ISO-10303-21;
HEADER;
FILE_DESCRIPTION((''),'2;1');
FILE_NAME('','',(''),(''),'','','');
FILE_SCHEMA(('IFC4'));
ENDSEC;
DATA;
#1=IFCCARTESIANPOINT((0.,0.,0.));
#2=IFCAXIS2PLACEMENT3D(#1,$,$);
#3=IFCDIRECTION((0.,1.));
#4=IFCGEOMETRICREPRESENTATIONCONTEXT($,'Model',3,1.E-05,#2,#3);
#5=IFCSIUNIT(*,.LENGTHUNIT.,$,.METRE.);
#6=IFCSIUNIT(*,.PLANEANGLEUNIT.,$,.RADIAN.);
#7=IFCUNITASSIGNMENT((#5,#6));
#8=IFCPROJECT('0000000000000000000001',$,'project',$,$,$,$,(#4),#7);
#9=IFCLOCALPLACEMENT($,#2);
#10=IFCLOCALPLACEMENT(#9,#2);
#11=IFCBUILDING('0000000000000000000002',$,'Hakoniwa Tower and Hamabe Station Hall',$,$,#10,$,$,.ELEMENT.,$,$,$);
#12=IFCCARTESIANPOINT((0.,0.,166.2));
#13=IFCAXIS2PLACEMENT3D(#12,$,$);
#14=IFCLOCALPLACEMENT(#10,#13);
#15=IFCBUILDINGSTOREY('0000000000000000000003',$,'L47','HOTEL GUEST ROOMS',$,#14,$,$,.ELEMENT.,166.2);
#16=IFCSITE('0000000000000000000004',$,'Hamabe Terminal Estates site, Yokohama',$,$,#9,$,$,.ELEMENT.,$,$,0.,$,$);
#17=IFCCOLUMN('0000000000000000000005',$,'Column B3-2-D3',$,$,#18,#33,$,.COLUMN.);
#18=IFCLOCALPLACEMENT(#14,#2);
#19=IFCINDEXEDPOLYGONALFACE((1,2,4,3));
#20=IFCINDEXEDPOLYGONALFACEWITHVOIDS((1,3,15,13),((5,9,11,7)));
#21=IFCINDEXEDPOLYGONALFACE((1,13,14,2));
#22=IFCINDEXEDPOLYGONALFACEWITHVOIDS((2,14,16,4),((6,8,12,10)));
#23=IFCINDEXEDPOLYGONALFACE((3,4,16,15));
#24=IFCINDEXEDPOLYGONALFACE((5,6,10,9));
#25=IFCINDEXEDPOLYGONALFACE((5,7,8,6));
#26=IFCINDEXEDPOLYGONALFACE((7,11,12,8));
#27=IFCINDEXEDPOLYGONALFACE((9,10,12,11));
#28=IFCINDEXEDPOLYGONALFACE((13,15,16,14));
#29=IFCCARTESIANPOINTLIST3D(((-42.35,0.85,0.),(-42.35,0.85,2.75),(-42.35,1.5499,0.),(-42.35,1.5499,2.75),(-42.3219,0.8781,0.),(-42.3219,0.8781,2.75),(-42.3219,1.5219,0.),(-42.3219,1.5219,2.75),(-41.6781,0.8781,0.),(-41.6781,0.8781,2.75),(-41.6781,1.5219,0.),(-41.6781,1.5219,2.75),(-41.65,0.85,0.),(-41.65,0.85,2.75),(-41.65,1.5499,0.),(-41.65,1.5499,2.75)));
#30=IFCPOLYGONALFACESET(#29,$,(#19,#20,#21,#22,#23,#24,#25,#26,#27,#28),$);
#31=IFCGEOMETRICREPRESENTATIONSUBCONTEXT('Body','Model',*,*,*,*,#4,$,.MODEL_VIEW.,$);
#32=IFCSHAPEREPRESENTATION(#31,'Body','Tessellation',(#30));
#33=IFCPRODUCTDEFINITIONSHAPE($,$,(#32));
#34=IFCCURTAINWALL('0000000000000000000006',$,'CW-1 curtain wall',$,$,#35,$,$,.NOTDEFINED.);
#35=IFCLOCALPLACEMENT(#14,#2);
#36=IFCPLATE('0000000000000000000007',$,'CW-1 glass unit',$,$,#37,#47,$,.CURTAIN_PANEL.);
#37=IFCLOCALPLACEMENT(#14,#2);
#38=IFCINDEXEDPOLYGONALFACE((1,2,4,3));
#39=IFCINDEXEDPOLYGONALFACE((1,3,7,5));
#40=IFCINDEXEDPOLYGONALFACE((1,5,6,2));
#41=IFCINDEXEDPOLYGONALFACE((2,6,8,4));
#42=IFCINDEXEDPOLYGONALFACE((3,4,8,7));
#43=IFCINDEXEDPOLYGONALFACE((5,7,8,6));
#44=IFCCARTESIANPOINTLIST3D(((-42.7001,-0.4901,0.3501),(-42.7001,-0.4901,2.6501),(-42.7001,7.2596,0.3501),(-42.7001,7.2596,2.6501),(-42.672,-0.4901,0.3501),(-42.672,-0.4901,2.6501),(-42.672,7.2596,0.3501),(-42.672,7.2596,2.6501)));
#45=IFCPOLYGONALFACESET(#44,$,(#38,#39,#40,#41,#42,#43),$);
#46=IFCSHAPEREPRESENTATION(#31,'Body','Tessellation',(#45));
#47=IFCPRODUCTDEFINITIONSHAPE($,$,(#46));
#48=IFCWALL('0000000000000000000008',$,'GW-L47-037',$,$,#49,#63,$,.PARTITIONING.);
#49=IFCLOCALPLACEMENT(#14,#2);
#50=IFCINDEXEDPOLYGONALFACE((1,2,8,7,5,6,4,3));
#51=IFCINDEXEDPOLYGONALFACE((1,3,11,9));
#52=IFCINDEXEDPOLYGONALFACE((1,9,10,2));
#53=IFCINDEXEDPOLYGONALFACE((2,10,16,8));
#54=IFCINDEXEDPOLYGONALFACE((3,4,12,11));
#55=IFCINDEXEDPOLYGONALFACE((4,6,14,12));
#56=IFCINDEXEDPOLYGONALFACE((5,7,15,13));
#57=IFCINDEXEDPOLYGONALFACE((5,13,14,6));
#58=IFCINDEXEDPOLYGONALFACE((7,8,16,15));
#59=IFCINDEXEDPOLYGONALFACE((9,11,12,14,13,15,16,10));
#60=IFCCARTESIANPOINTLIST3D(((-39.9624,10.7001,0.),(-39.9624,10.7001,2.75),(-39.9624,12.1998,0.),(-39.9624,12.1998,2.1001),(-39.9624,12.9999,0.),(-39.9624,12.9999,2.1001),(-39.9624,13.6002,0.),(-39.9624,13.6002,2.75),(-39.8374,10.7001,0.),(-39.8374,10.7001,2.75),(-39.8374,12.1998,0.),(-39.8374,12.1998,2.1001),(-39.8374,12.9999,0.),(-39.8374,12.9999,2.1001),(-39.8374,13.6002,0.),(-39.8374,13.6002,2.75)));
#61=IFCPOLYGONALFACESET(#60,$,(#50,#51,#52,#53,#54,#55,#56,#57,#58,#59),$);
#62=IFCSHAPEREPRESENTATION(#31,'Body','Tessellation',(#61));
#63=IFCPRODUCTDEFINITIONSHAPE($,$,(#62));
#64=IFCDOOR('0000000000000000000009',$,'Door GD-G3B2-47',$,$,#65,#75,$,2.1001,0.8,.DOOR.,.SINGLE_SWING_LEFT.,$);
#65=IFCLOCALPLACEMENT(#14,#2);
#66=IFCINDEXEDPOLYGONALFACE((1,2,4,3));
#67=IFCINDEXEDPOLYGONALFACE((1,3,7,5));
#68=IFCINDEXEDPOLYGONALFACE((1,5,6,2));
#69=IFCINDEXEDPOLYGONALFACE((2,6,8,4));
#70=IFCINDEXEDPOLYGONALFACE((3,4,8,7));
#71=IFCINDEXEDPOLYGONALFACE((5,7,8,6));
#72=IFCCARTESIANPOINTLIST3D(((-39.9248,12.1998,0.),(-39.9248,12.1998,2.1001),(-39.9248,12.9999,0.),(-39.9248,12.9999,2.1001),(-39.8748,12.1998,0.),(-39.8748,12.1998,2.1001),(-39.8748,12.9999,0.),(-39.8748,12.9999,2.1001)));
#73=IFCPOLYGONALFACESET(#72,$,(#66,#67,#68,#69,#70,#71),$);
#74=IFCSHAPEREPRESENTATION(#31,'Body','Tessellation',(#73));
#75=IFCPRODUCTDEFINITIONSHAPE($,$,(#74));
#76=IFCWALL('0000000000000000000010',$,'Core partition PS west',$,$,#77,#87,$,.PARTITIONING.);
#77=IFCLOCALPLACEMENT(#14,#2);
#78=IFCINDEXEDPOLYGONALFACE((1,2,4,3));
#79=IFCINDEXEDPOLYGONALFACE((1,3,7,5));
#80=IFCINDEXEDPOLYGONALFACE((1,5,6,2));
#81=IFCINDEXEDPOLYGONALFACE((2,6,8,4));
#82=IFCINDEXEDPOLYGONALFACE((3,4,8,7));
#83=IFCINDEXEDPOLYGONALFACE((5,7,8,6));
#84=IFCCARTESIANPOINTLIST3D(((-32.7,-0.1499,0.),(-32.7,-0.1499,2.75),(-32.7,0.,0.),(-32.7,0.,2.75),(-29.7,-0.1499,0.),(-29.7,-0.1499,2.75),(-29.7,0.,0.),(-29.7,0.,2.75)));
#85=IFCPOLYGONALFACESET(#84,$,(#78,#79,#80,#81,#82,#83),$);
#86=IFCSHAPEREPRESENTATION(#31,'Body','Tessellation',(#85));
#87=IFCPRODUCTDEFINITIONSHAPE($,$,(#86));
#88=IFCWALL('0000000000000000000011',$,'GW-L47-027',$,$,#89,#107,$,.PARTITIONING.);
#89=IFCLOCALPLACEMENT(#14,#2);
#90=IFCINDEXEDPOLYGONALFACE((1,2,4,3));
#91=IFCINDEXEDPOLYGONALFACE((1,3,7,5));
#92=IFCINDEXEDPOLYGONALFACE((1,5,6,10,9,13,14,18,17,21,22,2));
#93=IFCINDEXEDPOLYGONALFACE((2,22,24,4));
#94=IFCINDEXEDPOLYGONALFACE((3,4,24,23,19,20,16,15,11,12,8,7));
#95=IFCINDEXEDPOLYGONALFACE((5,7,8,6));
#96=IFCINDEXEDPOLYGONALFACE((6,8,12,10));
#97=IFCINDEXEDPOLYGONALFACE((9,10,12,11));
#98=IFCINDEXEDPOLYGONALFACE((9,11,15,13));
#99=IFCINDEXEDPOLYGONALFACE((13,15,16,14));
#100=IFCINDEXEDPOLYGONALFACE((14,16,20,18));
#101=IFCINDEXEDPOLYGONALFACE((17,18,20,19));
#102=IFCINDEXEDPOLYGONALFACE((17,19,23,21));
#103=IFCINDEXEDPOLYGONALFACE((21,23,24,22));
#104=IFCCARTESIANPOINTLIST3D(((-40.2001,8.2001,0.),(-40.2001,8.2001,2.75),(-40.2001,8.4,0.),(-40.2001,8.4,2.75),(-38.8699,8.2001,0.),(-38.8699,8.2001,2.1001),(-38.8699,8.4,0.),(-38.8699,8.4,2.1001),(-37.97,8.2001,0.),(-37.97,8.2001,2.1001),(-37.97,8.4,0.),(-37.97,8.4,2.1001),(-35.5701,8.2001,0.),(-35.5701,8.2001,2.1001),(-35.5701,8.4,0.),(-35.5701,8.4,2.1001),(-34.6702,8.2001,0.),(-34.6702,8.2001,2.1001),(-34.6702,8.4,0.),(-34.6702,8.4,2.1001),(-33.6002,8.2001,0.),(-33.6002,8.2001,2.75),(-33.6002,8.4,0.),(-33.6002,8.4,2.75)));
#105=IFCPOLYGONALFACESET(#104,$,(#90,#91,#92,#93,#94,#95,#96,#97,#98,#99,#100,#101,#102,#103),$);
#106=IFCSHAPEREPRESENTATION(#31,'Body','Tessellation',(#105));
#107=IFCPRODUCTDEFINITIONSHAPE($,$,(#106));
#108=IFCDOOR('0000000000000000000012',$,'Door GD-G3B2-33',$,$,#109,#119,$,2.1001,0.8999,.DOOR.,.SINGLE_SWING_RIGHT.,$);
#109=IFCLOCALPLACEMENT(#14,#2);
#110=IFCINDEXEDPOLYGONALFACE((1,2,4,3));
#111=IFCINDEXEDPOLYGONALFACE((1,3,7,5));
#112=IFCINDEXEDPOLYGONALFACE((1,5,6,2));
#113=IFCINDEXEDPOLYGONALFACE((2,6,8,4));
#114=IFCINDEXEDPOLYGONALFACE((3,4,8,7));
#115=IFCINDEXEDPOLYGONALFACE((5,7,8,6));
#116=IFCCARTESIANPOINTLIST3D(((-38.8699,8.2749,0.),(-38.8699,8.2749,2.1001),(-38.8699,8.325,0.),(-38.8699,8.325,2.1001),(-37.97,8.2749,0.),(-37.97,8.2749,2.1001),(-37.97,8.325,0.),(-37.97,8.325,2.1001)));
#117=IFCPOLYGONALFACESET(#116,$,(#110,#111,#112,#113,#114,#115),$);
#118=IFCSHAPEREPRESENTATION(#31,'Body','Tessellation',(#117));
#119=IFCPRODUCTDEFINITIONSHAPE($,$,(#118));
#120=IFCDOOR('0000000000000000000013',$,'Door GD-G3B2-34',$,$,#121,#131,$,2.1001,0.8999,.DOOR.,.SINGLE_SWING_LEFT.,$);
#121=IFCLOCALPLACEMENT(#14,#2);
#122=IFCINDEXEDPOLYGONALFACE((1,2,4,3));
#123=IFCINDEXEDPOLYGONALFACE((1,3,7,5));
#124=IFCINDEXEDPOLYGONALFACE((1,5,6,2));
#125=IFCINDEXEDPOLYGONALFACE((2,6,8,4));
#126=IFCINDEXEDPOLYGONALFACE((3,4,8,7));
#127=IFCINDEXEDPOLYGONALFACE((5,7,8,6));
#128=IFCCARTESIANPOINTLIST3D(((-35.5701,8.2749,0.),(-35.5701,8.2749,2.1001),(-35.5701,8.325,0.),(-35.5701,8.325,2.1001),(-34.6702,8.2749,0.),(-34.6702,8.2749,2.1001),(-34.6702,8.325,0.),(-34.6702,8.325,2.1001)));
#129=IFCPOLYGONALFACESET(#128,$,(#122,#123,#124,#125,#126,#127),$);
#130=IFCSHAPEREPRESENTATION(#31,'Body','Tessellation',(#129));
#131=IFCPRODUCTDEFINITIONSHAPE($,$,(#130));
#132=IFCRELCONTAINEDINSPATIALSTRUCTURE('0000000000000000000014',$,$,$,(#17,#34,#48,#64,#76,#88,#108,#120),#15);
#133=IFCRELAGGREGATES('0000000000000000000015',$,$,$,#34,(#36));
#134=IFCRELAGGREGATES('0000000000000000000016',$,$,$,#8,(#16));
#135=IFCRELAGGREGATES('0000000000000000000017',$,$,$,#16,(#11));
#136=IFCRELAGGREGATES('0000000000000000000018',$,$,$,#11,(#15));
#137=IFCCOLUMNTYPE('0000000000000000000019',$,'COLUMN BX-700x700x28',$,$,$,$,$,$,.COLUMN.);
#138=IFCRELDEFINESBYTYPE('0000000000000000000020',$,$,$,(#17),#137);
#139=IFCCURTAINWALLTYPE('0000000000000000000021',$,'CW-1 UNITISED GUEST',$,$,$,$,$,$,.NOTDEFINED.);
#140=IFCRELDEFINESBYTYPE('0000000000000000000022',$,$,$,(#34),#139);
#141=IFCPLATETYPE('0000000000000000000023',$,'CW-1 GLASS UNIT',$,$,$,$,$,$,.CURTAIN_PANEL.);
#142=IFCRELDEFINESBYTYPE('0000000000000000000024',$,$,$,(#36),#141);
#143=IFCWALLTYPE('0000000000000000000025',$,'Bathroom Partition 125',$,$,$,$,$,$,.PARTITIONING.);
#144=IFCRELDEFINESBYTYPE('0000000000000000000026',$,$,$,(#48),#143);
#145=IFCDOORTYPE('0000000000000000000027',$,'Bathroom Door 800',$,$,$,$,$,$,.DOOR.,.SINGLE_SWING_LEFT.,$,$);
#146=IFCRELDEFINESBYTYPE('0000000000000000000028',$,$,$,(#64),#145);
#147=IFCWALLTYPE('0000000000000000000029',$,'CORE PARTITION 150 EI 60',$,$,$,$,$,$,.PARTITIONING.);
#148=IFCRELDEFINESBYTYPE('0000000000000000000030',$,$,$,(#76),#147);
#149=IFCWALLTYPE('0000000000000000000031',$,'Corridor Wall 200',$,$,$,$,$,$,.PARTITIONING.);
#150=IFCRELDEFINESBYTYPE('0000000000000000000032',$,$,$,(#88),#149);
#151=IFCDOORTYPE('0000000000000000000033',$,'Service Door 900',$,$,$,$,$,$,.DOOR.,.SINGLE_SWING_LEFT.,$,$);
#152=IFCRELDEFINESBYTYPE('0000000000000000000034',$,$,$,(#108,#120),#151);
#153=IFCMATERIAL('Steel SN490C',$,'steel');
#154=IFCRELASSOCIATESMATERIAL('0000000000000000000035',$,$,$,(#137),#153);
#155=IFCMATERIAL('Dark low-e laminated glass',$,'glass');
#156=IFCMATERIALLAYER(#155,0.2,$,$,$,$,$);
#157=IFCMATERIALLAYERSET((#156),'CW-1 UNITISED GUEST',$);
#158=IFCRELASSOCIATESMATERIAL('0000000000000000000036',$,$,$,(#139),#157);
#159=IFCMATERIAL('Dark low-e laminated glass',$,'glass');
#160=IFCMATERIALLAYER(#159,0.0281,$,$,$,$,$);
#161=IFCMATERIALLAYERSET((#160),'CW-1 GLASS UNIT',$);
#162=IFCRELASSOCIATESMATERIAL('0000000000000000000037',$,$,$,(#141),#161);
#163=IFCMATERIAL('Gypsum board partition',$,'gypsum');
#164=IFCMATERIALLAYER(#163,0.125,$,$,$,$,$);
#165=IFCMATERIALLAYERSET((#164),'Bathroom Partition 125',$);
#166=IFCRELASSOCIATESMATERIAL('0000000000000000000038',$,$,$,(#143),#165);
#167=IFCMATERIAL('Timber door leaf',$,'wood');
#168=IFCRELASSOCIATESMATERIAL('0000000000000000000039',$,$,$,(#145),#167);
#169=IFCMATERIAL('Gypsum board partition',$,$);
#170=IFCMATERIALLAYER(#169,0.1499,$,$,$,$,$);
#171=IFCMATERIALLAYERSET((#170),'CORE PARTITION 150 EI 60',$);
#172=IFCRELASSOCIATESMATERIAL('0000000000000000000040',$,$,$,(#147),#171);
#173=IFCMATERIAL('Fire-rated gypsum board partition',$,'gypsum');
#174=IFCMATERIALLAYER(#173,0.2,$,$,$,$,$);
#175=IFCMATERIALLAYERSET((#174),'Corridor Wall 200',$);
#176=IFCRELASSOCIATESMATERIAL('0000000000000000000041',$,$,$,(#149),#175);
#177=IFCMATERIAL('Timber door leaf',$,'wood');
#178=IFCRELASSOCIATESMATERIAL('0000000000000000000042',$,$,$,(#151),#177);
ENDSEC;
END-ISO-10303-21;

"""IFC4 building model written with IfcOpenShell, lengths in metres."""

from ifc_helpers import new_model, si_unit, direction, frame, frame_2d, origin, origin_2d, place, context, subcontext, project, spatial, rectangle, hollow_rectangle, extrude, material, layer, layer_set, material_profile, profile_set, type_object, element, fill, aggregate, save


model = new_model("IFC4")

# Units and contexts
model_context = context("Model", 3, precision=1e-05, world=origin(), true_north=direction((0.0, 1.0)))
body_context = subcontext(model_context, "Body", "Model", "MODEL_VIEW")
ifc_project = project(units=[si_unit("LENGTHUNIT", "METRE"), si_unit("PLANEANGLEUNIT", "RADIAN")], contexts=[model_context])

# Site, building, storey
site_placement = place(None, origin())
site = spatial("IfcSite", under=ifc_project, at=site_placement, Name="Hamabe Terminal Estates site, Yokohama", CompositionType="ELEMENT", RefElevation=0.0)
building_placement = place(site_placement, origin())
building = spatial("IfcBuilding", under=site, at=building_placement, Name="Hakoniwa Tower and Hamabe Station Hall", CompositionType="ELEMENT")
storey_placement = place(building_placement, frame((0.0, 0.0, 166.2)))
storey = spatial("IfcBuildingStorey", under=building, at=storey_placement, Name="L47", Description="HOTEL GUEST ROOMS", CompositionType="ELEMENT", Elevation=166.2)

# Column
ifc_material_1 = material(Name="Steel SN490C", Category="steel")
ifc_material_profile = material_profile(ifc_material_1, hollow_rectangle(XDim=0.7, YDim=0.7, WallThickness=0.0281, at=origin_2d()), Name="BX-700x700x28")
ifc_profile_set = profile_set([ifc_material_profile], Name="Steel SN490C")
column_type = type_object("IfcColumnType", Name="COLUMN BX-700x700x28", PredefinedType="COLUMN", material=ifc_profile_set)
column_placement = place(storey_placement, frame((-42.0, 1.2, 0.0), z_axis=(0.0, 0.0, 1.0), x_axis=(1.0, 0.0, 0.0)))
element("IfcColumn", 1, at=column_placement, inside=storey, type_object=column_type, Name="Column B3-2-D3", PredefinedType="COLUMN", context=body_context, shape_type="SweptSolid", body=[
    extrude(hollow_rectangle(XDim=0.7, YDim=0.7, WallThickness=0.0281, at=origin_2d()), origin(), (0.0, 0.0, 1.0), 2.75),
])

# Curtain wall, plate
ifc_material_2 = material(Name="Dark low-e laminated glass", Category="glass")
ifc_layer_1 = layer(ifc_material_2, 0.2)
ifc_layer_set_1 = layer_set([ifc_layer_1], Name="CW-1 UNITISED GUEST")
curtain_wall_type = type_object("IfcCurtainWallType", Name="CW-1 UNITISED GUEST", PredefinedType="NOTDEFINED", material=ifc_layer_set_1)
curtain_wall_placement = place(storey_placement, origin())
curtain_wall = element("IfcCurtainWall", 2, at=curtain_wall_placement, inside=storey, type_object=curtain_wall_type, Name="CW-1 curtain wall", PredefinedType="NOTDEFINED")
ifc_material_3 = material(Name="Dark low-e laminated glass", Category="glass")
ifc_layer_2 = layer(ifc_material_3, 0.0281)
ifc_layer_set_2 = layer_set([ifc_layer_2], Name="CW-1 GLASS UNIT")
plate_type = type_object("IfcPlateType", Name="CW-1 GLASS UNIT", PredefinedType="CURTAIN_PANEL", material=ifc_layer_set_2)
plate_placement = place(storey_placement, frame((-42.686, 3.3848, 0.3501), z_axis=(0.0, 0.0, 1.0), x_axis=(0.0, -1.0, 0.0)))
plate = element("IfcPlate", 3, at=plate_placement, type_object=plate_type, Name="CW-1 glass unit", PredefinedType="CURTAIN_PANEL", context=body_context, shape_type="SweptSolid", body=[
    extrude(rectangle(XDim=7.7498, YDim=0.0281, at=origin_2d()), origin(), (0.0, 0.0, 1.0), 2.3),
])
aggregate(curtain_wall, [plate])

# Wall, opening, door
ifc_material_4 = material(Name="Gypsum board partition", Category="gypsum")
ifc_layer_3 = layer(ifc_material_4, 0.125)
ifc_layer_set_3 = layer_set([ifc_layer_3], Name="Bathroom Partition 125")
wall_type_1 = type_object("IfcWallType", Name="Bathroom Partition 125", PredefinedType="PARTITIONING", material=ifc_layer_set_3)
wall_1_placement = place(storey_placement, frame((-39.8999, 10.7, 0.0), z_axis=(0.0, 0.0, 1.0), x_axis=(0.0, 1.0, 0.0)))
wall_1 = element("IfcWall", 4, at=wall_1_placement, inside=storey, type_object=wall_type_1, Name="GW-L47-037", PredefinedType="PARTITIONING", context=body_context, shape_type="SweptSolid", body=[
    extrude(rectangle(XDim=2.9001, YDim=0.125, at=frame_2d((1.4502, 0.0))), origin(), (0.0, 0.0, 1.0), 2.75),
])
opening_1_placement = place(wall_1_placement, frame((1.5, 0.0, 0.0)))
opening_1 = element("IfcOpeningElement", 5, at=opening_1_placement, cuts=wall_1, PredefinedType="OPENING", context=body_context, shape_type="SweptSolid", body=[
    extrude(rectangle(XDim=0.8, YDim=2.1001, at=frame_2d((0.3999, 1.05))), frame((0.0, 0.0725, 0.0), z_axis=(0.0, -1.0, 0.0), x_axis=(1.0, 0.0, 0.0)), (0.0, 0.0, 1.0), 0.145),
])
ifc_material_5 = material(Name="Timber door leaf", Category="wood")
door_type_1 = type_object("IfcDoorType", Name="Bathroom Door 800", OperationType="SINGLE_SWING_LEFT", PredefinedType="DOOR", material=ifc_material_5)
door_1_placement = place(opening_1_placement, origin())
door_1 = element("IfcDoor", 6, at=door_1_placement, inside=storey, type_object=door_type_1, Name="Door GD-G3B2-47", OperationType="SINGLE_SWING_LEFT", OverallHeight=2.1001, OverallWidth=0.8, PredefinedType="DOOR", context=body_context, shape_type="SweptSolid", body=[
    extrude(rectangle(XDim=0.8, YDim=2.1001, at=frame_2d((0.3999, 1.05))), frame((0.0, 0.0249, 0.0), z_axis=(0.0, -1.0, 0.0), x_axis=(1.0, 0.0, 0.0)), (0.0, 0.0, 1.0), 0.05),
])
fill(opening_1, door_1)

# Wall
ifc_material_6 = material(Name="Gypsum board partition")
ifc_layer_4 = layer(ifc_material_6, 0.1499)
ifc_layer_set_4 = layer_set([ifc_layer_4], Name="CORE PARTITION 150 EI 60")
wall_type_2 = type_object("IfcWallType", Name="CORE PARTITION 150 EI 60", PredefinedType="PARTITIONING", material=ifc_layer_set_4)
wall_2_placement = place(storey_placement, frame((-32.7, -0.075, 0.0), z_axis=(0.0, 0.0, 1.0), x_axis=(1.0, 0.0, 0.0)))
element("IfcWall", 7, at=wall_2_placement, inside=storey, type_object=wall_type_2, Name="Core partition PS west", PredefinedType="PARTITIONING", context=body_context, shape_type="SweptSolid", body=[
    extrude(rectangle(XDim=3.0, YDim=0.1499, at=frame_2d((1.5, 0.0))), origin(), (0.0, 0.0, 1.0), 2.75),
])

# Wall, openings, doors
ifc_material_7 = material(Name="Fire-rated gypsum board partition", Category="gypsum")
ifc_layer_5 = layer(ifc_material_7, 0.2)
ifc_layer_set_5 = layer_set([ifc_layer_5], Name="Corridor Wall 200")
wall_type_3 = type_object("IfcWallType", Name="Corridor Wall 200", PredefinedType="PARTITIONING", material=ifc_layer_set_5)
wall_3_placement = place(storey_placement, frame((-40.2, 8.3, 0.0), z_axis=(0.0, 0.0, 1.0), x_axis=(1.0, 0.0, 0.0)))
wall_3 = element("IfcWall", 8, at=wall_3_placement, inside=storey, type_object=wall_type_3, Name="GW-L47-027", PredefinedType="PARTITIONING", context=body_context, shape_type="SweptSolid", body=[
    extrude(rectangle(XDim=6.5999, YDim=0.2, at=frame_2d((3.2998, 0.0))), origin(), (0.0, 0.0, 1.0), 2.75),
])
opening_2_placement = place(wall_3_placement, frame((1.3301, 0.0, 0.0)))
opening_2 = element("IfcOpeningElement", 9, at=opening_2_placement, cuts=wall_3, PredefinedType="OPENING", context=body_context, shape_type="SweptSolid", body=[
    extrude(rectangle(XDim=0.8999, YDim=2.1001, at=frame_2d((0.45, 1.05))), frame((0.0, 0.1099, 0.0), z_axis=(0.0, -1.0, 0.0), x_axis=(1.0, 0.0, 0.0)), (0.0, 0.0, 1.0), 0.22),
])
opening_3_placement = place(wall_3_placement, frame((4.6299, 0.0, 0.0)))
opening_3 = element("IfcOpeningElement", 10, at=opening_3_placement, cuts=wall_3, PredefinedType="OPENING", context=body_context, shape_type="SweptSolid", body=[
    extrude(rectangle(XDim=0.8999, YDim=2.1001, at=frame_2d((0.45, 1.05))), frame((0.0, 0.1099, 0.0), z_axis=(0.0, -1.0, 0.0), x_axis=(1.0, 0.0, 0.0)), (0.0, 0.0, 1.0), 0.22),
])
ifc_material_8 = material(Name="Timber door leaf", Category="wood")
door_type_2 = type_object("IfcDoorType", Name="Service Door 900", OperationType="SINGLE_SWING_LEFT", PredefinedType="DOOR", material=ifc_material_8)
door_2_placement = place(opening_2_placement, origin())
door_2 = element("IfcDoor", 11, at=door_2_placement, inside=storey, type_object=door_type_2, Name="Door GD-G3B2-33", OperationType="SINGLE_SWING_RIGHT", OverallHeight=2.1001, OverallWidth=0.8999, PredefinedType="DOOR", context=body_context, shape_type="SweptSolid", body=[
    extrude(rectangle(XDim=0.8999, YDim=2.1001, at=frame_2d((0.45, 1.05))), frame((0.0, 0.0249, 0.0), z_axis=(0.0, -1.0, 0.0), x_axis=(1.0, 0.0, 0.0)), (0.0, 0.0, 1.0), 0.05),
])
fill(opening_2, door_2)
door_3_placement = place(opening_3_placement, origin())
door_3 = element("IfcDoor", 12, at=door_3_placement, inside=storey, type_object=door_type_2, Name="Door GD-G3B2-34", OperationType="SINGLE_SWING_LEFT", OverallHeight=2.1001, OverallWidth=0.8999, PredefinedType="DOOR", context=body_context, shape_type="SweptSolid", body=[
    extrude(rectangle(XDim=0.8999, YDim=2.1001, at=frame_2d((0.45, 1.05))), frame((0.0, 0.0249, 0.0), z_axis=(0.0, -1.0, 0.0), x_axis=(1.0, 0.0, 0.0)), (0.0, 0.0, 1.0), 0.05),
])
fill(opening_3, door_3)

save(model, "model.ifc")
